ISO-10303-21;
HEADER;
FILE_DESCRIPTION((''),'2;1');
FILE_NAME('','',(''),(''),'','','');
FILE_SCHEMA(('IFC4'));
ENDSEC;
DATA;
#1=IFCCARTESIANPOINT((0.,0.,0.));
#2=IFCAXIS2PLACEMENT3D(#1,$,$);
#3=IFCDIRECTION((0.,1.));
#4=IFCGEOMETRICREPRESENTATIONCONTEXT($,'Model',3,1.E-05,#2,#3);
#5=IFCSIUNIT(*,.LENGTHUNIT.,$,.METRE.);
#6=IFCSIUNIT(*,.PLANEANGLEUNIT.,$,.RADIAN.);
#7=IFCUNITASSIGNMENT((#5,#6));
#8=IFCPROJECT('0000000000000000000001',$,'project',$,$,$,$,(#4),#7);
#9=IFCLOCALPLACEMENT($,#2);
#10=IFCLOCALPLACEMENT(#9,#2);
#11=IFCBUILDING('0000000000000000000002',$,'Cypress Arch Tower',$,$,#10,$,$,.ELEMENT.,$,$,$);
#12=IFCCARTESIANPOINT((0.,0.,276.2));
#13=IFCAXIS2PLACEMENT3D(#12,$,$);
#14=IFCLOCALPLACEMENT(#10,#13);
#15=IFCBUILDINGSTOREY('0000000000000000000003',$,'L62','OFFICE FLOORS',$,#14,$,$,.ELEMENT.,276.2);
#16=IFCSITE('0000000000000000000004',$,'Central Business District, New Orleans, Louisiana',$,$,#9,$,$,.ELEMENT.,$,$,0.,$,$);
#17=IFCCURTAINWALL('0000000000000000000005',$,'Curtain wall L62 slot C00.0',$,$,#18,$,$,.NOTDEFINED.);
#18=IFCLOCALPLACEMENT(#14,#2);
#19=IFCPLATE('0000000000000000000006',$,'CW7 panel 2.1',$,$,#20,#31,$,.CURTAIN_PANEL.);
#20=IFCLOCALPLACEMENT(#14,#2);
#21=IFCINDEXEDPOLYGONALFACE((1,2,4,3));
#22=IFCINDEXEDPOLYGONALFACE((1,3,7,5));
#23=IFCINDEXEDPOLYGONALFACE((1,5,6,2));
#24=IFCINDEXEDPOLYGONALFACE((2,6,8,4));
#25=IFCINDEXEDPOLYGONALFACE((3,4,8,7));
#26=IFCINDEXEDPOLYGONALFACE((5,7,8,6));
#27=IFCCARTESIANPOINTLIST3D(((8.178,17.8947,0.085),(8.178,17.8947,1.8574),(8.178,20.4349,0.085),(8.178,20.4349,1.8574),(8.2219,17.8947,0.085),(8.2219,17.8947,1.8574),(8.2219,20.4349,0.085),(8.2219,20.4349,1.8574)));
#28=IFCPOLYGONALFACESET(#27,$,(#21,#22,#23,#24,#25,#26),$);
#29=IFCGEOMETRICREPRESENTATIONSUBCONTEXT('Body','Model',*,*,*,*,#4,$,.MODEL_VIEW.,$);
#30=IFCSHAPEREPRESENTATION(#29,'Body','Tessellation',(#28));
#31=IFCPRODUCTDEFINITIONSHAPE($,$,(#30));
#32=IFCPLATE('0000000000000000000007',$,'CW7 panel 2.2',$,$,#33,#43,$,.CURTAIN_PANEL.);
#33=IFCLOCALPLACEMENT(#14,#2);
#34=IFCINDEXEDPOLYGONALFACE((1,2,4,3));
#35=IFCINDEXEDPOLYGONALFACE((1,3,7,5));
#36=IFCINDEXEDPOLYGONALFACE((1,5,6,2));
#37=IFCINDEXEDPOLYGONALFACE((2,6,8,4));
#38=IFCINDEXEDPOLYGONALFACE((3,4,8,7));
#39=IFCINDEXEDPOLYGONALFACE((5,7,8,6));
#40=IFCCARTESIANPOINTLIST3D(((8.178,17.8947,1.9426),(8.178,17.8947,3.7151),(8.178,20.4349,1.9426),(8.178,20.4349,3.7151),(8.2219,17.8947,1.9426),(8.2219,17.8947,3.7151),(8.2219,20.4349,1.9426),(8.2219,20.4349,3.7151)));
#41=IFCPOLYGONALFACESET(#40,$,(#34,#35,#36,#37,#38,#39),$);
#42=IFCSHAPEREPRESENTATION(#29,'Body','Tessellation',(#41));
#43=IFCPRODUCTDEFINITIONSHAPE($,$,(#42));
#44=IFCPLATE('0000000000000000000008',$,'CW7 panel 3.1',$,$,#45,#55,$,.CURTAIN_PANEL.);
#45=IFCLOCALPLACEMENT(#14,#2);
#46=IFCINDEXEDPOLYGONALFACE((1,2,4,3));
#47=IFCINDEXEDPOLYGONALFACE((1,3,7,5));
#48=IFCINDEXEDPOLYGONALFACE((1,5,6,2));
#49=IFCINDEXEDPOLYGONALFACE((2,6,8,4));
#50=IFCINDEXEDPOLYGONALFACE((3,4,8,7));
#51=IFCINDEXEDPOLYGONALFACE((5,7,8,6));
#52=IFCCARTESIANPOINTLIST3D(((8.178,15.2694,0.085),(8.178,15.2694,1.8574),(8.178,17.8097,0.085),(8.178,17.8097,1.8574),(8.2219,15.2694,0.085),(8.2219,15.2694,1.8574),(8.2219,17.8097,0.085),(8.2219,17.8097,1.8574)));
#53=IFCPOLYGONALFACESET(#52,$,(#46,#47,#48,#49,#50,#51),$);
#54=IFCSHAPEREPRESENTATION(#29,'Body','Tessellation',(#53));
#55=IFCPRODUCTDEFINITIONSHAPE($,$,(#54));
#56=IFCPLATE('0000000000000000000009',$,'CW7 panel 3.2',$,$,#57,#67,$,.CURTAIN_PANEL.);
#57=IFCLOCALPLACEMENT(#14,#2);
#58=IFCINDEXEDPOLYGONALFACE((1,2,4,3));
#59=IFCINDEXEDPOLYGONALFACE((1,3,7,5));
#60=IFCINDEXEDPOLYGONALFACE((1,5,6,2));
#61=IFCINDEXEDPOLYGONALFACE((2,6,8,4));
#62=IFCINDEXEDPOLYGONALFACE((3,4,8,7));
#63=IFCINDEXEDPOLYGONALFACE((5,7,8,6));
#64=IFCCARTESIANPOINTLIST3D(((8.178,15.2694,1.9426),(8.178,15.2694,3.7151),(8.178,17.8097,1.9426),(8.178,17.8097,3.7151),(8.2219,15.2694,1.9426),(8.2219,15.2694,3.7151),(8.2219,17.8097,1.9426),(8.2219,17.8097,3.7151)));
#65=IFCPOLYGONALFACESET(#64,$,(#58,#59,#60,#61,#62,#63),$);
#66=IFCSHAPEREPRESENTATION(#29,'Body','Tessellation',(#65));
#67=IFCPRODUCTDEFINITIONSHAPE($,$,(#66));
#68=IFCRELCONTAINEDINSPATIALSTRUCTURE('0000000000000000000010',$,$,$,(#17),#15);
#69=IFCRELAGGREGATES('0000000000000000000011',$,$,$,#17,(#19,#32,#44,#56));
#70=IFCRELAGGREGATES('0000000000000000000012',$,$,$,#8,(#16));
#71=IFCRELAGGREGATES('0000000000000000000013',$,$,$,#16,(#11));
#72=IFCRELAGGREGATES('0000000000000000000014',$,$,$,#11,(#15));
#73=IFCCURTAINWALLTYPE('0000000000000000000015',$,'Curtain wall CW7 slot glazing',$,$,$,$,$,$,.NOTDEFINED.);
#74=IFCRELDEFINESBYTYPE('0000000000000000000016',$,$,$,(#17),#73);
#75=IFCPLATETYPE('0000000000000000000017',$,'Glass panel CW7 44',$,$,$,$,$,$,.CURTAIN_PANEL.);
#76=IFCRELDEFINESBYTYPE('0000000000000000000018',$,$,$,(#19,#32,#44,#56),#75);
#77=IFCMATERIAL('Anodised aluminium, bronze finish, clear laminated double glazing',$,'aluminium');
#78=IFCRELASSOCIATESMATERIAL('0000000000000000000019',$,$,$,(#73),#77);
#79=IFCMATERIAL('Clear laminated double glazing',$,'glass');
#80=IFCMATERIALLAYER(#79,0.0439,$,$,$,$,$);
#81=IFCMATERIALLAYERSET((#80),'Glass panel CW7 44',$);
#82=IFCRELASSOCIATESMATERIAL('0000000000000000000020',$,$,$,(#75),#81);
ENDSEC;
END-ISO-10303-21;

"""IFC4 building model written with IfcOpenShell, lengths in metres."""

from ifc_helpers import new_model, si_unit, direction, frame, origin, origin_2d, place, context, subcontext, project, spatial, rectangle, extrude, material, layer, layer_set, type_object, element, aggregate, save


model = new_model("IFC4")

# Units and contexts
model_context = context("Model", 3, precision=1e-05, world=origin(), true_north=direction((0.0, 1.0)))
body_context = subcontext(model_context, "Body", "Model", "MODEL_VIEW")
ifc_project = project(units=[si_unit("LENGTHUNIT", "METRE"), si_unit("PLANEANGLEUNIT", "RADIAN")], contexts=[model_context])

# Site, building, storey
site_placement = place(None, origin())
site = spatial("IfcSite", under=ifc_project, at=site_placement, Name="Central Business District, New Orleans, Louisiana", CompositionType="ELEMENT", RefElevation=0.0)
building_placement = place(site_placement, origin())
building = spatial("IfcBuilding", under=site, at=building_placement, Name="Cypress Arch Tower", CompositionType="ELEMENT")
storey_placement = place(building_placement, frame((0.0, 0.0, 276.2)))
storey = spatial("IfcBuildingStorey", under=building, at=storey_placement, Name="L62", Description="OFFICE FLOORS", CompositionType="ELEMENT", Elevation=276.2)

# Curtain wall, plates
ifc_material_1 = material(Name="Anodised aluminium, bronze finish, clear laminated double glazing", Category="aluminium")
curtain_wall_type = type_object("IfcCurtainWallType", Name="Curtain wall CW7 slot glazing", PredefinedType="NOTDEFINED", material=ifc_material_1)
curtain_wall_placement = place(storey_placement, origin())
curtain_wall = element("IfcCurtainWall", 1, at=curtain_wall_placement, inside=storey, type_object=curtain_wall_type, Name="Curtain wall L62 slot C00.0", PredefinedType="NOTDEFINED")
ifc_material_2 = material(Name="Clear laminated double glazing", Category="glass")
ifc_layer = layer(ifc_material_2, 0.0439)
ifc_layer_set = layer_set([ifc_layer], Name="Glass panel CW7 44")
plate_type = type_object("IfcPlateType", Name="Glass panel CW7 44", PredefinedType="CURTAIN_PANEL", material=ifc_layer_set)
plate_1_placement = place(storey_placement, frame((8.2, 19.1648, 0.085), z_axis=(0.0, 0.0, 1.0), x_axis=(0.0, -1.0, 0.0)))
plate_1 = element("IfcPlate", 2, at=plate_1_placement, type_object=plate_type, Name="CW7 panel 2.1", PredefinedType="CURTAIN_PANEL", context=body_context, shape_type="SweptSolid", body=[
    extrude(rectangle(XDim=2.5403, YDim=0.0439, at=origin_2d()), origin(), (0.0, 0.0, 1.0), 1.7725),
])
plate_2_placement = place(storey_placement, frame((8.2, 19.1648, 1.9426), z_axis=(0.0, 0.0, 1.0), x_axis=(0.0, -1.0, 0.0)))
plate_2 = element("IfcPlate", 3, at=plate_2_placement, type_object=plate_type, Name="CW7 panel 2.2", PredefinedType="CURTAIN_PANEL", context=body_context, shape_type="SweptSolid", body=[
    extrude(rectangle(XDim=2.5403, YDim=0.0439, at=origin_2d()), origin(), (0.0, 0.0, 1.0), 1.7725),
])
plate_3_placement = place(storey_placement, frame((8.2, 16.5396, 0.085), z_axis=(0.0, 0.0, 1.0), x_axis=(0.0, -1.0, 0.0)))
plate_3 = element("IfcPlate", 4, at=plate_3_placement, type_object=plate_type, Name="CW7 panel 3.1", PredefinedType="CURTAIN_PANEL", context=body_context, shape_type="SweptSolid", body=[
    extrude(rectangle(XDim=2.5403, YDim=0.0439, at=origin_2d()), origin(), (0.0, 0.0, 1.0), 1.7725),
])
plate_4_placement = place(storey_placement, frame((8.2, 16.5396, 1.9426), z_axis=(0.0, 0.0, 1.0), x_axis=(0.0, -1.0, 0.0)))
plate_4 = element("IfcPlate", 5, at=plate_4_placement, type_object=plate_type, Name="CW7 panel 3.2", PredefinedType="CURTAIN_PANEL", context=body_context, shape_type="SweptSolid", body=[
    extrude(rectangle(XDim=2.5403, YDim=0.0439, at=origin_2d()), origin(), (0.0, 0.0, 1.0), 1.7725),
])
aggregate(curtain_wall, [plate_1, plate_2, plate_3, plate_4])

save(model, "model.ifc")
